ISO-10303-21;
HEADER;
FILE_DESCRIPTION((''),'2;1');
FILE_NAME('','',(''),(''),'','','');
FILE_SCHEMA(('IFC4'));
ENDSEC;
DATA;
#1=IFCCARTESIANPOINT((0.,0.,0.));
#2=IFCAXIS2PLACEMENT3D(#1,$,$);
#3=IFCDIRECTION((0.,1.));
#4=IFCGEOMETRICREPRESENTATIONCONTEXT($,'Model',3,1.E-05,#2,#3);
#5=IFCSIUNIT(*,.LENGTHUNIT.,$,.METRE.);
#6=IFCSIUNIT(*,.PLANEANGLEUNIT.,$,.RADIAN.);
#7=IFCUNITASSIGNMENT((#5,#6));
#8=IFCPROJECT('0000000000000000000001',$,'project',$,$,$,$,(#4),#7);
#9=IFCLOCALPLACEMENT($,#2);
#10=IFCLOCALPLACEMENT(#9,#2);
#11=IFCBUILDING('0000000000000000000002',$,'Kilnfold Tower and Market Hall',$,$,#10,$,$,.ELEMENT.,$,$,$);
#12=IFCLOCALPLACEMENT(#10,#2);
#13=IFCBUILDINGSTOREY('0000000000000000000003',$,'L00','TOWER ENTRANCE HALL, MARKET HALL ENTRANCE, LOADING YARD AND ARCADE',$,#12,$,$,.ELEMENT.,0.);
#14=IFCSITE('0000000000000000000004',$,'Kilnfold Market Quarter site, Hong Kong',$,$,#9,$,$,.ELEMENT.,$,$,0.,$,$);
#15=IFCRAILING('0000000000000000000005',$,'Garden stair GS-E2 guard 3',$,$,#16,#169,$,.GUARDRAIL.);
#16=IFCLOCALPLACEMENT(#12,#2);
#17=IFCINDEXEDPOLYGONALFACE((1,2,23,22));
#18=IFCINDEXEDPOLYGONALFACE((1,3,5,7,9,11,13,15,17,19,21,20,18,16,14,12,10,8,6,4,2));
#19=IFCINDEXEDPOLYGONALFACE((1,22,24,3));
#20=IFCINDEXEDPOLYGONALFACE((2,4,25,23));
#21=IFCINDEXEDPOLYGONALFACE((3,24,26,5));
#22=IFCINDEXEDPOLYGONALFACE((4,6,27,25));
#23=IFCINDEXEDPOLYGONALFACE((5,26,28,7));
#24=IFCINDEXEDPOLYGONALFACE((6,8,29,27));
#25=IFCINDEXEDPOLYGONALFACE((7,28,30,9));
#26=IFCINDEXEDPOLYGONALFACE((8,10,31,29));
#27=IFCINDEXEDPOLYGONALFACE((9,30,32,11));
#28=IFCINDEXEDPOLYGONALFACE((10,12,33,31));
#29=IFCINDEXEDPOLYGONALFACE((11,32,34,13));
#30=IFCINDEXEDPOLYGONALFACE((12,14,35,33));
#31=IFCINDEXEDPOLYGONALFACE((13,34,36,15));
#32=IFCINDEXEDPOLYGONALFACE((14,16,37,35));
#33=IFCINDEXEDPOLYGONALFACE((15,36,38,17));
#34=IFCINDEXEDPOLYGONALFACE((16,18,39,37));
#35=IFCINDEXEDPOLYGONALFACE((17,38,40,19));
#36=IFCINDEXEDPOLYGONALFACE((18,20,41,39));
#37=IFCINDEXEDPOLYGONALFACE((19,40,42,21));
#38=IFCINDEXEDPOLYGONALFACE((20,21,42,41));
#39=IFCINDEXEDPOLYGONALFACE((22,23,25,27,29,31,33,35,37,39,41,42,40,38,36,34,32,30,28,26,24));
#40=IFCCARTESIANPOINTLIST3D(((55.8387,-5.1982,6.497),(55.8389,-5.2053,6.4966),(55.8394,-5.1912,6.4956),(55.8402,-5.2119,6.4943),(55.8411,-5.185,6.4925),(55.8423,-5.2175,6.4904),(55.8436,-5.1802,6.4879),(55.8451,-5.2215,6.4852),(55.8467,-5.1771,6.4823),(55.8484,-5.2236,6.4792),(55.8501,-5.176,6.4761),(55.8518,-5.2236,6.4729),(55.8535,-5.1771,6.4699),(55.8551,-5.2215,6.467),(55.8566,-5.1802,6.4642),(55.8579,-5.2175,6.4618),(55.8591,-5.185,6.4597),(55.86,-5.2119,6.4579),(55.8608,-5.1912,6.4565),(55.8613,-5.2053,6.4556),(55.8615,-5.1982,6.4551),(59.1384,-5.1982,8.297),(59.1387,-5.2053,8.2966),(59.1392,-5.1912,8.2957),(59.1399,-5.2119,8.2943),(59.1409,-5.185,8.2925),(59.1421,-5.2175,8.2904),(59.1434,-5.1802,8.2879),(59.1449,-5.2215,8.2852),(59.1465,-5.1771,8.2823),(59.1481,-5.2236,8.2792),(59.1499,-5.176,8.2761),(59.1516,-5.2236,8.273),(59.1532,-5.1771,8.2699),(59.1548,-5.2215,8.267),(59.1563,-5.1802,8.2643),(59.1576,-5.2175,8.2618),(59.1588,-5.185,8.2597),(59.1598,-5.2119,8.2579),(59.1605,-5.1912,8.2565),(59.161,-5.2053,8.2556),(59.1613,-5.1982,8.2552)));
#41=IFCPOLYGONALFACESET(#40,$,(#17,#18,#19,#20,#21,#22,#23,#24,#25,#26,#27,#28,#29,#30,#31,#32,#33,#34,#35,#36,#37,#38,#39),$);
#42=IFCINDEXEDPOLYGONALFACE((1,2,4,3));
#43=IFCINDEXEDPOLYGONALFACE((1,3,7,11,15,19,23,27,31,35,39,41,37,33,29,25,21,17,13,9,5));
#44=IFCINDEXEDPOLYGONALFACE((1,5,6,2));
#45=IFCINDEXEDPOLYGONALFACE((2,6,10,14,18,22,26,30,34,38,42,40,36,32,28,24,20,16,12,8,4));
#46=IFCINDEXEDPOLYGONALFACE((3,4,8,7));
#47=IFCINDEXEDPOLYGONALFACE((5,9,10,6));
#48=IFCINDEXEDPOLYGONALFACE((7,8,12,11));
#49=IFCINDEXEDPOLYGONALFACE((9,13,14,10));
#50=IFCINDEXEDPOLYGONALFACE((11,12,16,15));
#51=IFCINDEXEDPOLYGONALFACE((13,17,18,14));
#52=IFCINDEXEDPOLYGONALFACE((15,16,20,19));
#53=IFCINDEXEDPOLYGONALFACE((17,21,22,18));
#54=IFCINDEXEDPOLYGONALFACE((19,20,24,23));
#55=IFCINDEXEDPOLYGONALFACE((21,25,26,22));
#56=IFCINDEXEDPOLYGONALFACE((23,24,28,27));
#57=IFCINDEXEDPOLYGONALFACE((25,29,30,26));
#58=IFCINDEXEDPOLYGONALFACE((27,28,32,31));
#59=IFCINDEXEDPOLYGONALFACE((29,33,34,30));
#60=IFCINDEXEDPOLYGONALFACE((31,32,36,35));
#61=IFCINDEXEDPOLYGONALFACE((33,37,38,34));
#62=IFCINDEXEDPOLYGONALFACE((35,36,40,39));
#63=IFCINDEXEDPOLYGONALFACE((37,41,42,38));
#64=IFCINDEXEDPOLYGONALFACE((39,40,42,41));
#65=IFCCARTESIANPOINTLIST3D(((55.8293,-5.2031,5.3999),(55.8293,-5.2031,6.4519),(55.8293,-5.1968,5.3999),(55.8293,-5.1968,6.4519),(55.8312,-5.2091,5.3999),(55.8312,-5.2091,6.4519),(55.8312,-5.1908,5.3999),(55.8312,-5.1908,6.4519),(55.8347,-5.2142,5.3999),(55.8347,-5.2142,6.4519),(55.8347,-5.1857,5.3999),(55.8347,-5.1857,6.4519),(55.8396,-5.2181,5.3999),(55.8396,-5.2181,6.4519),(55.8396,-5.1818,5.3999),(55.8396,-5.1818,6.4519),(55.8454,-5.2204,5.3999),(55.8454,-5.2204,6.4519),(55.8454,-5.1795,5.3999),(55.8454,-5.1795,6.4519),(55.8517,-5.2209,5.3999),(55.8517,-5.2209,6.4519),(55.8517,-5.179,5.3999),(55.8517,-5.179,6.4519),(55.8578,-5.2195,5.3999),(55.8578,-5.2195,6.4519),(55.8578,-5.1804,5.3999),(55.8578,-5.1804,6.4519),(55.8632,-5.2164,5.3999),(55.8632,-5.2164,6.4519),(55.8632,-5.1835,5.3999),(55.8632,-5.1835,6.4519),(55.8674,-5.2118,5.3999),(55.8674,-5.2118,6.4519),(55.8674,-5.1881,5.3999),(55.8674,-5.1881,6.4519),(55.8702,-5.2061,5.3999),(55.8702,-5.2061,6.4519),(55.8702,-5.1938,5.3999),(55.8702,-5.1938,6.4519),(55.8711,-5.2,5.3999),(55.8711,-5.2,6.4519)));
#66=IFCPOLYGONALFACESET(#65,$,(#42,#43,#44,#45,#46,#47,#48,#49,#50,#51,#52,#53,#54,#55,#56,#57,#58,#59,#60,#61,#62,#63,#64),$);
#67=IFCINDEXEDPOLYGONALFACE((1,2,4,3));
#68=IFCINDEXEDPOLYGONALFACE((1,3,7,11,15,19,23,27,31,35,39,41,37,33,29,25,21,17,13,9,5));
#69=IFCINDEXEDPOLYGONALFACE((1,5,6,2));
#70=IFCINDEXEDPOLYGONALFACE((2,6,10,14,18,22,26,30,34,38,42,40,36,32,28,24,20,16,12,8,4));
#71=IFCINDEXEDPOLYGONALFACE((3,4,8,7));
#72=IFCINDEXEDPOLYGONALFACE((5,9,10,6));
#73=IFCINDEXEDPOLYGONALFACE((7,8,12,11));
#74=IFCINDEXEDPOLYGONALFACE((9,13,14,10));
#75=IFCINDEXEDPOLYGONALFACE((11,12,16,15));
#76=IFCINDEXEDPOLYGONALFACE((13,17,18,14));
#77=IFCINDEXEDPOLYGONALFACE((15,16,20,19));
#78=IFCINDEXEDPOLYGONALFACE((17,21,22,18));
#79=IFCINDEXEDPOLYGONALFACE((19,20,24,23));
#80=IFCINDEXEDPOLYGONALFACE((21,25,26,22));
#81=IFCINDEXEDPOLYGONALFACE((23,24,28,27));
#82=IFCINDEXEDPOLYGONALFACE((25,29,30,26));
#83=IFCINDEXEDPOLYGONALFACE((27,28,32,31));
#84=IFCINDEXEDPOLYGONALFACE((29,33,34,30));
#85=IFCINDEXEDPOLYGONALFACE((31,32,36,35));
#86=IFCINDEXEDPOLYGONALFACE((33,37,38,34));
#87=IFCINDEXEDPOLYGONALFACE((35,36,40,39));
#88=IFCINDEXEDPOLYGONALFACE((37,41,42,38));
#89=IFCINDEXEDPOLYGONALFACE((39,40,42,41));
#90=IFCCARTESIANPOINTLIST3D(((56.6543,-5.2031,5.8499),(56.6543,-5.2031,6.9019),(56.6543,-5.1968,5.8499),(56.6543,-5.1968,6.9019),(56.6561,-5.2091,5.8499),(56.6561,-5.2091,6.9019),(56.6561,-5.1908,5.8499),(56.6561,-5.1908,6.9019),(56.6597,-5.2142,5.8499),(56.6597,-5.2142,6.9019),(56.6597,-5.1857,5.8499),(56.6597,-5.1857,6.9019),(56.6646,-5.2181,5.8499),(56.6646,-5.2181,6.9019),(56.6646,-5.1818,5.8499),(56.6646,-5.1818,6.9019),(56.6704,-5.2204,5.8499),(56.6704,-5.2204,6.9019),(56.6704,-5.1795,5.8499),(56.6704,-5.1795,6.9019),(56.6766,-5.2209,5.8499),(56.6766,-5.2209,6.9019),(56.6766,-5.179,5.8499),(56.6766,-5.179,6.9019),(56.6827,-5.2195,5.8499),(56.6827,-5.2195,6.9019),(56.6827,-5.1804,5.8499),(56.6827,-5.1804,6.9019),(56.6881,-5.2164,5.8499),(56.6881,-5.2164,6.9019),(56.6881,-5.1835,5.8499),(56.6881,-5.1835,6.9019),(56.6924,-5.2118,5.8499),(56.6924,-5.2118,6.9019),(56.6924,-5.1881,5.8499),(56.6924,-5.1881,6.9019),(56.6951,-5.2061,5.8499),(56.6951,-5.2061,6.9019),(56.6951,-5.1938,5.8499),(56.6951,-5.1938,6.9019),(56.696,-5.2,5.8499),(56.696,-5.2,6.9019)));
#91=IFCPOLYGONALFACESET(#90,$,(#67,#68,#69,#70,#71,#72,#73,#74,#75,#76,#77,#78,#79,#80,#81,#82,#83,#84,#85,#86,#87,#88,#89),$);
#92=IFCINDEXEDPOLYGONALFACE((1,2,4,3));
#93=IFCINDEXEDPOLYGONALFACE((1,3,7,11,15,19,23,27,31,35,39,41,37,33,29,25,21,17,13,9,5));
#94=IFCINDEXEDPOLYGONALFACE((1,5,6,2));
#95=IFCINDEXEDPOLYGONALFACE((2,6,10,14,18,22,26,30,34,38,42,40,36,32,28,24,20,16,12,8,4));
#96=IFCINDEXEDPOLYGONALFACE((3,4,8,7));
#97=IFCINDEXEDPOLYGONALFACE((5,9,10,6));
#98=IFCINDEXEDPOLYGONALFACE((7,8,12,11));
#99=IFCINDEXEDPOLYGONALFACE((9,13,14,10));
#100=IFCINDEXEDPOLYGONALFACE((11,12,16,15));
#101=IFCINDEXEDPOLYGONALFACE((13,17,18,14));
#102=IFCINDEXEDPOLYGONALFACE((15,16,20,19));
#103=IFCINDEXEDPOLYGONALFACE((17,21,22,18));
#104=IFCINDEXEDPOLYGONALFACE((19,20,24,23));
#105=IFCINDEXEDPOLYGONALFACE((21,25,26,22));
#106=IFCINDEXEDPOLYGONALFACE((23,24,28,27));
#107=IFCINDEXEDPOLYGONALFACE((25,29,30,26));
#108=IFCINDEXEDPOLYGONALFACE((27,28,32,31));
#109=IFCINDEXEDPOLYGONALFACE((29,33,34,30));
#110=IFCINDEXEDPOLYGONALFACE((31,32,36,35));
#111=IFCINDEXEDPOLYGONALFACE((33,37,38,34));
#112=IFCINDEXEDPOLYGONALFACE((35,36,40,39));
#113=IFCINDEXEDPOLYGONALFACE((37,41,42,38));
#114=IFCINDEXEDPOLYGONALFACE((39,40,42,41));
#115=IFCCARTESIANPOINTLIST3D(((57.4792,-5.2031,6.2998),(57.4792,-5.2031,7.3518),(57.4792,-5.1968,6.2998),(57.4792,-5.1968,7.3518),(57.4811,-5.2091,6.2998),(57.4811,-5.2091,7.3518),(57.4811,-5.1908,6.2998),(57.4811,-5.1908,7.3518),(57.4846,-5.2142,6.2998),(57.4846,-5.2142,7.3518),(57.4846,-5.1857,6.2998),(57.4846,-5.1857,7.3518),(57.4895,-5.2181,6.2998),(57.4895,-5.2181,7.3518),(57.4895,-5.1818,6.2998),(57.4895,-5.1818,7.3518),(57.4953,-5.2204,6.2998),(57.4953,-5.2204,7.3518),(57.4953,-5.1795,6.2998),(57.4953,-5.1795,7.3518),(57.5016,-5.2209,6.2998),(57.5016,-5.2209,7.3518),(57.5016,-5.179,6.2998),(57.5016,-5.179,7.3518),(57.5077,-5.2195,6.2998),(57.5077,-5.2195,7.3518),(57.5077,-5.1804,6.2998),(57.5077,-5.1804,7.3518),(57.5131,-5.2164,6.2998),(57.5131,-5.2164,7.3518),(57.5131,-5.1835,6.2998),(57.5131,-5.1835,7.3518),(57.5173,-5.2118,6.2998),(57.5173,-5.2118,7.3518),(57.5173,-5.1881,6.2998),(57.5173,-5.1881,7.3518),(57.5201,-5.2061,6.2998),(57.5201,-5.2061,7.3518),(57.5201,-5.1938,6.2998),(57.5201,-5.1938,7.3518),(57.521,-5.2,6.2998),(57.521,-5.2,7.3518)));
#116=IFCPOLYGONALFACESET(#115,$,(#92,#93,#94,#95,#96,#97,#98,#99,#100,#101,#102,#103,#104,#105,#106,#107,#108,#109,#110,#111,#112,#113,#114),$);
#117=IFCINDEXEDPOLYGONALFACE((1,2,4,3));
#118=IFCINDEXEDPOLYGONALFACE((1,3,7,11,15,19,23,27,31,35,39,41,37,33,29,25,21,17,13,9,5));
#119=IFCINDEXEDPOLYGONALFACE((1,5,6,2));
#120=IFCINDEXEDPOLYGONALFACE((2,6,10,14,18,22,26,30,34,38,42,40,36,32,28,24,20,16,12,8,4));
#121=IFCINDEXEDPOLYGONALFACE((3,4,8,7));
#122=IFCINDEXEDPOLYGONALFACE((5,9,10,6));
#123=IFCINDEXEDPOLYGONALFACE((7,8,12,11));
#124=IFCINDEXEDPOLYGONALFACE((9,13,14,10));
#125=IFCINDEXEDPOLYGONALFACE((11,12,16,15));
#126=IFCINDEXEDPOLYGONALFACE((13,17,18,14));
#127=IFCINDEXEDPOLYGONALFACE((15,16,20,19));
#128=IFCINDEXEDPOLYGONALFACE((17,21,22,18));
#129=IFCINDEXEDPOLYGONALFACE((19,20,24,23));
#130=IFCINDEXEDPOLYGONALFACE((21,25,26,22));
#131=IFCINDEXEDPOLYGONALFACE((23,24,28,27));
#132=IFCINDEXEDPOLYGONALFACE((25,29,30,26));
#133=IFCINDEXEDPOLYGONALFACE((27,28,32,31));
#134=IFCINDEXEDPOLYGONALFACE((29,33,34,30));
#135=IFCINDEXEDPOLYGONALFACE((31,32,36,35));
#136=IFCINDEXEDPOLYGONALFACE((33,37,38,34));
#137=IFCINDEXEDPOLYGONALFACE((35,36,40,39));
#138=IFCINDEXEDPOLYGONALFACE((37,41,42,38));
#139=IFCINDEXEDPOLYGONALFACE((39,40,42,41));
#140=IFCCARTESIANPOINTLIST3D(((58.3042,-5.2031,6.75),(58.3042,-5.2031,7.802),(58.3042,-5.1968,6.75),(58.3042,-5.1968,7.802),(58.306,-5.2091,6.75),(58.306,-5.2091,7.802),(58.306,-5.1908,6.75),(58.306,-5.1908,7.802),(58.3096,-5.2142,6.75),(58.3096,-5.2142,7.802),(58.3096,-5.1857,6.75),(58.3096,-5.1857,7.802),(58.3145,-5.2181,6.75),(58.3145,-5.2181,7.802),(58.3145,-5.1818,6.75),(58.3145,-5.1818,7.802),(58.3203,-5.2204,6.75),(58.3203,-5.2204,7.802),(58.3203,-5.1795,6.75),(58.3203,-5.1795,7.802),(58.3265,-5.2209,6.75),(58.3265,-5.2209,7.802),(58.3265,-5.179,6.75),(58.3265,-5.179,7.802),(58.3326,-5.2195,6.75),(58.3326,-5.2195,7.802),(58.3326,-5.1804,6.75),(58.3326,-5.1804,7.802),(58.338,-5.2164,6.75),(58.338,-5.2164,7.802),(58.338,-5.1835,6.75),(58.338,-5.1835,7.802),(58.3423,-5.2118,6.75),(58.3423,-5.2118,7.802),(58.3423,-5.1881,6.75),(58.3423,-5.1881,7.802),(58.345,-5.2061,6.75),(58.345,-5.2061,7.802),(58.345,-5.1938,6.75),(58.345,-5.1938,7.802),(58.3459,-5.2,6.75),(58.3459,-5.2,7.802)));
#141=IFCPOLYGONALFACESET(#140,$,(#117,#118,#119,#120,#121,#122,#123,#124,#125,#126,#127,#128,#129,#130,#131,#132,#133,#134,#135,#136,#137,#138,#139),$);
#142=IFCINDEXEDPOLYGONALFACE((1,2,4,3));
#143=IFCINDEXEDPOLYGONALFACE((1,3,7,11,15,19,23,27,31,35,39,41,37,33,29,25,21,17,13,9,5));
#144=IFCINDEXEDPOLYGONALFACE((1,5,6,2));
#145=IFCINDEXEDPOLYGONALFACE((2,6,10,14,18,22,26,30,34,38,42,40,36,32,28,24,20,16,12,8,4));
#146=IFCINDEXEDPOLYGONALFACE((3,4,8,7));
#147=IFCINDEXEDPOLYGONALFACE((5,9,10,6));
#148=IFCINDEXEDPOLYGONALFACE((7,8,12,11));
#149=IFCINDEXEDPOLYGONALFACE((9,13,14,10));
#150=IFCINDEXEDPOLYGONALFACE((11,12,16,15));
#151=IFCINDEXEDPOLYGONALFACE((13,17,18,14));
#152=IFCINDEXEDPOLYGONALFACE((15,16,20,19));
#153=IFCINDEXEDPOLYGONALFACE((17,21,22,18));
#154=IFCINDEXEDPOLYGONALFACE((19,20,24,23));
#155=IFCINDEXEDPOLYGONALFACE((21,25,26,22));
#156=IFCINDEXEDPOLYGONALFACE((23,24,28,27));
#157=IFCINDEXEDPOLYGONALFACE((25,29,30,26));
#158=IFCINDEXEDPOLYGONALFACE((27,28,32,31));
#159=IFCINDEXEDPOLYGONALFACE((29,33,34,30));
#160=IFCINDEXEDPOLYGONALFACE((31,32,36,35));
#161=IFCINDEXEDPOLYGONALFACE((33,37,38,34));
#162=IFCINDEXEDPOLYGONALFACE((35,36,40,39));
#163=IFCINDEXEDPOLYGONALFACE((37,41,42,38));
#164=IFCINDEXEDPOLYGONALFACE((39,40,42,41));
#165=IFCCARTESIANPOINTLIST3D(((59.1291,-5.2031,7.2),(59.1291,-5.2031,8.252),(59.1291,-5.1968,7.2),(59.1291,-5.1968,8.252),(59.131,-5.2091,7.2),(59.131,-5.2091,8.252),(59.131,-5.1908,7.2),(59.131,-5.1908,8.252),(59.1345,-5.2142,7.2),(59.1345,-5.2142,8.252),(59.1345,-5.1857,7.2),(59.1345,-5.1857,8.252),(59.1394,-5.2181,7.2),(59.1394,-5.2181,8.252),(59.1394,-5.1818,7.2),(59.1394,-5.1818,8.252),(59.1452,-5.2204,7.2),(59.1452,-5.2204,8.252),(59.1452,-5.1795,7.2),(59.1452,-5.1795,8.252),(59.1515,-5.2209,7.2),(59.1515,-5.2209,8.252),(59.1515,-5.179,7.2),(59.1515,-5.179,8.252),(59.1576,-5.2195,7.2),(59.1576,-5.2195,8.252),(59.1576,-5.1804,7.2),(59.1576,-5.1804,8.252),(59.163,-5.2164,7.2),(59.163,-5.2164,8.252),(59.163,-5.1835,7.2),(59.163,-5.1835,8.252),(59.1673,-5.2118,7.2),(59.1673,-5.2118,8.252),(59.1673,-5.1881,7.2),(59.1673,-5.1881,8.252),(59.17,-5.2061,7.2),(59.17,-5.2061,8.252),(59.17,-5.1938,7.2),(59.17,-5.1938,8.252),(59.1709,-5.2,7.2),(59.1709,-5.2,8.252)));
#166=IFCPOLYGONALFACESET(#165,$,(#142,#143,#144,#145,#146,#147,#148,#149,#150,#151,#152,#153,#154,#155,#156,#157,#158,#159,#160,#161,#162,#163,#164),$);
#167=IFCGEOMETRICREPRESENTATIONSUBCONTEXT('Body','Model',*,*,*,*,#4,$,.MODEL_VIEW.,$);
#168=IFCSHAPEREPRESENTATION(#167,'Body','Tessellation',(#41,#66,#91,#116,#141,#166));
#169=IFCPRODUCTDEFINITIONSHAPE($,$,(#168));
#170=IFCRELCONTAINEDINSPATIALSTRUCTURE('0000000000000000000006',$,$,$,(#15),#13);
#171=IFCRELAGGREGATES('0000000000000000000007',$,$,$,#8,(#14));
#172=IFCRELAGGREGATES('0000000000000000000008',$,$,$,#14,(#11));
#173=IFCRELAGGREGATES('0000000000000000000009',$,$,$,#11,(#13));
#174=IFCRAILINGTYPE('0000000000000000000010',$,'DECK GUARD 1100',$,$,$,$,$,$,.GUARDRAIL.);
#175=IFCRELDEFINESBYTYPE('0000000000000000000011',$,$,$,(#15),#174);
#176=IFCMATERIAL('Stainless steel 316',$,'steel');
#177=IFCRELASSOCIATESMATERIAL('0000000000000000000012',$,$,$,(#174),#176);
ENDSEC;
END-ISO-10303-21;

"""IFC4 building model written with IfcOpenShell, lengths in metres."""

from ifc_helpers import new_model, si_unit, direction, frame, origin, origin_2d, place, context, subcontext, project, spatial, circle, extrude, material, type_object, element, save


model = new_model("IFC4")

# Units and contexts
model_context = context("Model", 3, precision=1e-05, world=origin(), true_north=direction((0.0, 1.0)))
body_context = subcontext(model_context, "Body", "Model", "MODEL_VIEW")
ifc_project = project(units=[si_unit("LENGTHUNIT", "METRE"), si_unit("PLANEANGLEUNIT", "RADIAN")], contexts=[model_context])

# Site, building, storey
site_placement = place(None, origin())
site = spatial("IfcSite", under=ifc_project, at=site_placement, Name="Kilnfold Market Quarter site, Hong Kong", CompositionType="ELEMENT", RefElevation=0.0)
building_placement = place(site_placement, origin())
building = spatial("IfcBuilding", under=site, at=building_placement, Name="Kilnfold Tower and Market Hall", CompositionType="ELEMENT")
storey_placement = place(building_placement, origin())
storey = spatial("IfcBuildingStorey", under=building, at=storey_placement, Name="L00", Description="TOWER ENTRANCE HALL, MARKET HALL ENTRANCE, LOADING YARD AND ARCADE", CompositionType="ELEMENT", Elevation=0.0)

# Railing
ifc_material_1 = material(Name="Stainless steel 316", Category="steel")
railing_type_1 = type_object("IfcRailingType", Name="DECK GUARD 1100", PredefinedType="GUARDRAIL", material=ifc_material_1)
railing_1_placement = place(storey_placement, frame((55.8501, -5.2, 5.3999)))
element("IfcRailing", 1, at=railing_1_placement, inside=storey, type_object=railing_type_1, Name="Garden stair GS-E2 guard 3", PredefinedType="GUARDRAIL", context=body_context, shape_type="SweptSolid", body=[
    extrude(circle(Radius=0.0239, at=origin_2d()), frame((0.0, 0.0, 1.0762), z_axis=(0.877878, 0.0, 0.478884), x_axis=(0.0, 1.0, 0.0)), (0.0, 0.0, 1.0), 3.7588),
    extrude(circle(Radius=0.021, at=origin_2d()), origin(), (0.0, 0.0, 1.0), 1.052),
    extrude(circle(Radius=0.021, at=origin_2d()), frame((0.825, 0.0, 0.45)), (0.0, 0.0, 1.0), 1.052),
    extrude(circle(Radius=0.021, at=origin_2d()), frame((1.6499, 0.0, 0.8999)), (0.0, 0.0, 1.0), 1.052),
    extrude(circle(Radius=0.021, at=origin_2d()), frame((2.4749, 0.0, 1.3501)), (0.0, 0.0, 1.0), 1.052),
    extrude(circle(Radius=0.021, at=origin_2d()), frame((3.2998, 0.0, 1.8)), (0.0, 0.0, 1.0), 1.052),
])

save(model, "model.ifc")
